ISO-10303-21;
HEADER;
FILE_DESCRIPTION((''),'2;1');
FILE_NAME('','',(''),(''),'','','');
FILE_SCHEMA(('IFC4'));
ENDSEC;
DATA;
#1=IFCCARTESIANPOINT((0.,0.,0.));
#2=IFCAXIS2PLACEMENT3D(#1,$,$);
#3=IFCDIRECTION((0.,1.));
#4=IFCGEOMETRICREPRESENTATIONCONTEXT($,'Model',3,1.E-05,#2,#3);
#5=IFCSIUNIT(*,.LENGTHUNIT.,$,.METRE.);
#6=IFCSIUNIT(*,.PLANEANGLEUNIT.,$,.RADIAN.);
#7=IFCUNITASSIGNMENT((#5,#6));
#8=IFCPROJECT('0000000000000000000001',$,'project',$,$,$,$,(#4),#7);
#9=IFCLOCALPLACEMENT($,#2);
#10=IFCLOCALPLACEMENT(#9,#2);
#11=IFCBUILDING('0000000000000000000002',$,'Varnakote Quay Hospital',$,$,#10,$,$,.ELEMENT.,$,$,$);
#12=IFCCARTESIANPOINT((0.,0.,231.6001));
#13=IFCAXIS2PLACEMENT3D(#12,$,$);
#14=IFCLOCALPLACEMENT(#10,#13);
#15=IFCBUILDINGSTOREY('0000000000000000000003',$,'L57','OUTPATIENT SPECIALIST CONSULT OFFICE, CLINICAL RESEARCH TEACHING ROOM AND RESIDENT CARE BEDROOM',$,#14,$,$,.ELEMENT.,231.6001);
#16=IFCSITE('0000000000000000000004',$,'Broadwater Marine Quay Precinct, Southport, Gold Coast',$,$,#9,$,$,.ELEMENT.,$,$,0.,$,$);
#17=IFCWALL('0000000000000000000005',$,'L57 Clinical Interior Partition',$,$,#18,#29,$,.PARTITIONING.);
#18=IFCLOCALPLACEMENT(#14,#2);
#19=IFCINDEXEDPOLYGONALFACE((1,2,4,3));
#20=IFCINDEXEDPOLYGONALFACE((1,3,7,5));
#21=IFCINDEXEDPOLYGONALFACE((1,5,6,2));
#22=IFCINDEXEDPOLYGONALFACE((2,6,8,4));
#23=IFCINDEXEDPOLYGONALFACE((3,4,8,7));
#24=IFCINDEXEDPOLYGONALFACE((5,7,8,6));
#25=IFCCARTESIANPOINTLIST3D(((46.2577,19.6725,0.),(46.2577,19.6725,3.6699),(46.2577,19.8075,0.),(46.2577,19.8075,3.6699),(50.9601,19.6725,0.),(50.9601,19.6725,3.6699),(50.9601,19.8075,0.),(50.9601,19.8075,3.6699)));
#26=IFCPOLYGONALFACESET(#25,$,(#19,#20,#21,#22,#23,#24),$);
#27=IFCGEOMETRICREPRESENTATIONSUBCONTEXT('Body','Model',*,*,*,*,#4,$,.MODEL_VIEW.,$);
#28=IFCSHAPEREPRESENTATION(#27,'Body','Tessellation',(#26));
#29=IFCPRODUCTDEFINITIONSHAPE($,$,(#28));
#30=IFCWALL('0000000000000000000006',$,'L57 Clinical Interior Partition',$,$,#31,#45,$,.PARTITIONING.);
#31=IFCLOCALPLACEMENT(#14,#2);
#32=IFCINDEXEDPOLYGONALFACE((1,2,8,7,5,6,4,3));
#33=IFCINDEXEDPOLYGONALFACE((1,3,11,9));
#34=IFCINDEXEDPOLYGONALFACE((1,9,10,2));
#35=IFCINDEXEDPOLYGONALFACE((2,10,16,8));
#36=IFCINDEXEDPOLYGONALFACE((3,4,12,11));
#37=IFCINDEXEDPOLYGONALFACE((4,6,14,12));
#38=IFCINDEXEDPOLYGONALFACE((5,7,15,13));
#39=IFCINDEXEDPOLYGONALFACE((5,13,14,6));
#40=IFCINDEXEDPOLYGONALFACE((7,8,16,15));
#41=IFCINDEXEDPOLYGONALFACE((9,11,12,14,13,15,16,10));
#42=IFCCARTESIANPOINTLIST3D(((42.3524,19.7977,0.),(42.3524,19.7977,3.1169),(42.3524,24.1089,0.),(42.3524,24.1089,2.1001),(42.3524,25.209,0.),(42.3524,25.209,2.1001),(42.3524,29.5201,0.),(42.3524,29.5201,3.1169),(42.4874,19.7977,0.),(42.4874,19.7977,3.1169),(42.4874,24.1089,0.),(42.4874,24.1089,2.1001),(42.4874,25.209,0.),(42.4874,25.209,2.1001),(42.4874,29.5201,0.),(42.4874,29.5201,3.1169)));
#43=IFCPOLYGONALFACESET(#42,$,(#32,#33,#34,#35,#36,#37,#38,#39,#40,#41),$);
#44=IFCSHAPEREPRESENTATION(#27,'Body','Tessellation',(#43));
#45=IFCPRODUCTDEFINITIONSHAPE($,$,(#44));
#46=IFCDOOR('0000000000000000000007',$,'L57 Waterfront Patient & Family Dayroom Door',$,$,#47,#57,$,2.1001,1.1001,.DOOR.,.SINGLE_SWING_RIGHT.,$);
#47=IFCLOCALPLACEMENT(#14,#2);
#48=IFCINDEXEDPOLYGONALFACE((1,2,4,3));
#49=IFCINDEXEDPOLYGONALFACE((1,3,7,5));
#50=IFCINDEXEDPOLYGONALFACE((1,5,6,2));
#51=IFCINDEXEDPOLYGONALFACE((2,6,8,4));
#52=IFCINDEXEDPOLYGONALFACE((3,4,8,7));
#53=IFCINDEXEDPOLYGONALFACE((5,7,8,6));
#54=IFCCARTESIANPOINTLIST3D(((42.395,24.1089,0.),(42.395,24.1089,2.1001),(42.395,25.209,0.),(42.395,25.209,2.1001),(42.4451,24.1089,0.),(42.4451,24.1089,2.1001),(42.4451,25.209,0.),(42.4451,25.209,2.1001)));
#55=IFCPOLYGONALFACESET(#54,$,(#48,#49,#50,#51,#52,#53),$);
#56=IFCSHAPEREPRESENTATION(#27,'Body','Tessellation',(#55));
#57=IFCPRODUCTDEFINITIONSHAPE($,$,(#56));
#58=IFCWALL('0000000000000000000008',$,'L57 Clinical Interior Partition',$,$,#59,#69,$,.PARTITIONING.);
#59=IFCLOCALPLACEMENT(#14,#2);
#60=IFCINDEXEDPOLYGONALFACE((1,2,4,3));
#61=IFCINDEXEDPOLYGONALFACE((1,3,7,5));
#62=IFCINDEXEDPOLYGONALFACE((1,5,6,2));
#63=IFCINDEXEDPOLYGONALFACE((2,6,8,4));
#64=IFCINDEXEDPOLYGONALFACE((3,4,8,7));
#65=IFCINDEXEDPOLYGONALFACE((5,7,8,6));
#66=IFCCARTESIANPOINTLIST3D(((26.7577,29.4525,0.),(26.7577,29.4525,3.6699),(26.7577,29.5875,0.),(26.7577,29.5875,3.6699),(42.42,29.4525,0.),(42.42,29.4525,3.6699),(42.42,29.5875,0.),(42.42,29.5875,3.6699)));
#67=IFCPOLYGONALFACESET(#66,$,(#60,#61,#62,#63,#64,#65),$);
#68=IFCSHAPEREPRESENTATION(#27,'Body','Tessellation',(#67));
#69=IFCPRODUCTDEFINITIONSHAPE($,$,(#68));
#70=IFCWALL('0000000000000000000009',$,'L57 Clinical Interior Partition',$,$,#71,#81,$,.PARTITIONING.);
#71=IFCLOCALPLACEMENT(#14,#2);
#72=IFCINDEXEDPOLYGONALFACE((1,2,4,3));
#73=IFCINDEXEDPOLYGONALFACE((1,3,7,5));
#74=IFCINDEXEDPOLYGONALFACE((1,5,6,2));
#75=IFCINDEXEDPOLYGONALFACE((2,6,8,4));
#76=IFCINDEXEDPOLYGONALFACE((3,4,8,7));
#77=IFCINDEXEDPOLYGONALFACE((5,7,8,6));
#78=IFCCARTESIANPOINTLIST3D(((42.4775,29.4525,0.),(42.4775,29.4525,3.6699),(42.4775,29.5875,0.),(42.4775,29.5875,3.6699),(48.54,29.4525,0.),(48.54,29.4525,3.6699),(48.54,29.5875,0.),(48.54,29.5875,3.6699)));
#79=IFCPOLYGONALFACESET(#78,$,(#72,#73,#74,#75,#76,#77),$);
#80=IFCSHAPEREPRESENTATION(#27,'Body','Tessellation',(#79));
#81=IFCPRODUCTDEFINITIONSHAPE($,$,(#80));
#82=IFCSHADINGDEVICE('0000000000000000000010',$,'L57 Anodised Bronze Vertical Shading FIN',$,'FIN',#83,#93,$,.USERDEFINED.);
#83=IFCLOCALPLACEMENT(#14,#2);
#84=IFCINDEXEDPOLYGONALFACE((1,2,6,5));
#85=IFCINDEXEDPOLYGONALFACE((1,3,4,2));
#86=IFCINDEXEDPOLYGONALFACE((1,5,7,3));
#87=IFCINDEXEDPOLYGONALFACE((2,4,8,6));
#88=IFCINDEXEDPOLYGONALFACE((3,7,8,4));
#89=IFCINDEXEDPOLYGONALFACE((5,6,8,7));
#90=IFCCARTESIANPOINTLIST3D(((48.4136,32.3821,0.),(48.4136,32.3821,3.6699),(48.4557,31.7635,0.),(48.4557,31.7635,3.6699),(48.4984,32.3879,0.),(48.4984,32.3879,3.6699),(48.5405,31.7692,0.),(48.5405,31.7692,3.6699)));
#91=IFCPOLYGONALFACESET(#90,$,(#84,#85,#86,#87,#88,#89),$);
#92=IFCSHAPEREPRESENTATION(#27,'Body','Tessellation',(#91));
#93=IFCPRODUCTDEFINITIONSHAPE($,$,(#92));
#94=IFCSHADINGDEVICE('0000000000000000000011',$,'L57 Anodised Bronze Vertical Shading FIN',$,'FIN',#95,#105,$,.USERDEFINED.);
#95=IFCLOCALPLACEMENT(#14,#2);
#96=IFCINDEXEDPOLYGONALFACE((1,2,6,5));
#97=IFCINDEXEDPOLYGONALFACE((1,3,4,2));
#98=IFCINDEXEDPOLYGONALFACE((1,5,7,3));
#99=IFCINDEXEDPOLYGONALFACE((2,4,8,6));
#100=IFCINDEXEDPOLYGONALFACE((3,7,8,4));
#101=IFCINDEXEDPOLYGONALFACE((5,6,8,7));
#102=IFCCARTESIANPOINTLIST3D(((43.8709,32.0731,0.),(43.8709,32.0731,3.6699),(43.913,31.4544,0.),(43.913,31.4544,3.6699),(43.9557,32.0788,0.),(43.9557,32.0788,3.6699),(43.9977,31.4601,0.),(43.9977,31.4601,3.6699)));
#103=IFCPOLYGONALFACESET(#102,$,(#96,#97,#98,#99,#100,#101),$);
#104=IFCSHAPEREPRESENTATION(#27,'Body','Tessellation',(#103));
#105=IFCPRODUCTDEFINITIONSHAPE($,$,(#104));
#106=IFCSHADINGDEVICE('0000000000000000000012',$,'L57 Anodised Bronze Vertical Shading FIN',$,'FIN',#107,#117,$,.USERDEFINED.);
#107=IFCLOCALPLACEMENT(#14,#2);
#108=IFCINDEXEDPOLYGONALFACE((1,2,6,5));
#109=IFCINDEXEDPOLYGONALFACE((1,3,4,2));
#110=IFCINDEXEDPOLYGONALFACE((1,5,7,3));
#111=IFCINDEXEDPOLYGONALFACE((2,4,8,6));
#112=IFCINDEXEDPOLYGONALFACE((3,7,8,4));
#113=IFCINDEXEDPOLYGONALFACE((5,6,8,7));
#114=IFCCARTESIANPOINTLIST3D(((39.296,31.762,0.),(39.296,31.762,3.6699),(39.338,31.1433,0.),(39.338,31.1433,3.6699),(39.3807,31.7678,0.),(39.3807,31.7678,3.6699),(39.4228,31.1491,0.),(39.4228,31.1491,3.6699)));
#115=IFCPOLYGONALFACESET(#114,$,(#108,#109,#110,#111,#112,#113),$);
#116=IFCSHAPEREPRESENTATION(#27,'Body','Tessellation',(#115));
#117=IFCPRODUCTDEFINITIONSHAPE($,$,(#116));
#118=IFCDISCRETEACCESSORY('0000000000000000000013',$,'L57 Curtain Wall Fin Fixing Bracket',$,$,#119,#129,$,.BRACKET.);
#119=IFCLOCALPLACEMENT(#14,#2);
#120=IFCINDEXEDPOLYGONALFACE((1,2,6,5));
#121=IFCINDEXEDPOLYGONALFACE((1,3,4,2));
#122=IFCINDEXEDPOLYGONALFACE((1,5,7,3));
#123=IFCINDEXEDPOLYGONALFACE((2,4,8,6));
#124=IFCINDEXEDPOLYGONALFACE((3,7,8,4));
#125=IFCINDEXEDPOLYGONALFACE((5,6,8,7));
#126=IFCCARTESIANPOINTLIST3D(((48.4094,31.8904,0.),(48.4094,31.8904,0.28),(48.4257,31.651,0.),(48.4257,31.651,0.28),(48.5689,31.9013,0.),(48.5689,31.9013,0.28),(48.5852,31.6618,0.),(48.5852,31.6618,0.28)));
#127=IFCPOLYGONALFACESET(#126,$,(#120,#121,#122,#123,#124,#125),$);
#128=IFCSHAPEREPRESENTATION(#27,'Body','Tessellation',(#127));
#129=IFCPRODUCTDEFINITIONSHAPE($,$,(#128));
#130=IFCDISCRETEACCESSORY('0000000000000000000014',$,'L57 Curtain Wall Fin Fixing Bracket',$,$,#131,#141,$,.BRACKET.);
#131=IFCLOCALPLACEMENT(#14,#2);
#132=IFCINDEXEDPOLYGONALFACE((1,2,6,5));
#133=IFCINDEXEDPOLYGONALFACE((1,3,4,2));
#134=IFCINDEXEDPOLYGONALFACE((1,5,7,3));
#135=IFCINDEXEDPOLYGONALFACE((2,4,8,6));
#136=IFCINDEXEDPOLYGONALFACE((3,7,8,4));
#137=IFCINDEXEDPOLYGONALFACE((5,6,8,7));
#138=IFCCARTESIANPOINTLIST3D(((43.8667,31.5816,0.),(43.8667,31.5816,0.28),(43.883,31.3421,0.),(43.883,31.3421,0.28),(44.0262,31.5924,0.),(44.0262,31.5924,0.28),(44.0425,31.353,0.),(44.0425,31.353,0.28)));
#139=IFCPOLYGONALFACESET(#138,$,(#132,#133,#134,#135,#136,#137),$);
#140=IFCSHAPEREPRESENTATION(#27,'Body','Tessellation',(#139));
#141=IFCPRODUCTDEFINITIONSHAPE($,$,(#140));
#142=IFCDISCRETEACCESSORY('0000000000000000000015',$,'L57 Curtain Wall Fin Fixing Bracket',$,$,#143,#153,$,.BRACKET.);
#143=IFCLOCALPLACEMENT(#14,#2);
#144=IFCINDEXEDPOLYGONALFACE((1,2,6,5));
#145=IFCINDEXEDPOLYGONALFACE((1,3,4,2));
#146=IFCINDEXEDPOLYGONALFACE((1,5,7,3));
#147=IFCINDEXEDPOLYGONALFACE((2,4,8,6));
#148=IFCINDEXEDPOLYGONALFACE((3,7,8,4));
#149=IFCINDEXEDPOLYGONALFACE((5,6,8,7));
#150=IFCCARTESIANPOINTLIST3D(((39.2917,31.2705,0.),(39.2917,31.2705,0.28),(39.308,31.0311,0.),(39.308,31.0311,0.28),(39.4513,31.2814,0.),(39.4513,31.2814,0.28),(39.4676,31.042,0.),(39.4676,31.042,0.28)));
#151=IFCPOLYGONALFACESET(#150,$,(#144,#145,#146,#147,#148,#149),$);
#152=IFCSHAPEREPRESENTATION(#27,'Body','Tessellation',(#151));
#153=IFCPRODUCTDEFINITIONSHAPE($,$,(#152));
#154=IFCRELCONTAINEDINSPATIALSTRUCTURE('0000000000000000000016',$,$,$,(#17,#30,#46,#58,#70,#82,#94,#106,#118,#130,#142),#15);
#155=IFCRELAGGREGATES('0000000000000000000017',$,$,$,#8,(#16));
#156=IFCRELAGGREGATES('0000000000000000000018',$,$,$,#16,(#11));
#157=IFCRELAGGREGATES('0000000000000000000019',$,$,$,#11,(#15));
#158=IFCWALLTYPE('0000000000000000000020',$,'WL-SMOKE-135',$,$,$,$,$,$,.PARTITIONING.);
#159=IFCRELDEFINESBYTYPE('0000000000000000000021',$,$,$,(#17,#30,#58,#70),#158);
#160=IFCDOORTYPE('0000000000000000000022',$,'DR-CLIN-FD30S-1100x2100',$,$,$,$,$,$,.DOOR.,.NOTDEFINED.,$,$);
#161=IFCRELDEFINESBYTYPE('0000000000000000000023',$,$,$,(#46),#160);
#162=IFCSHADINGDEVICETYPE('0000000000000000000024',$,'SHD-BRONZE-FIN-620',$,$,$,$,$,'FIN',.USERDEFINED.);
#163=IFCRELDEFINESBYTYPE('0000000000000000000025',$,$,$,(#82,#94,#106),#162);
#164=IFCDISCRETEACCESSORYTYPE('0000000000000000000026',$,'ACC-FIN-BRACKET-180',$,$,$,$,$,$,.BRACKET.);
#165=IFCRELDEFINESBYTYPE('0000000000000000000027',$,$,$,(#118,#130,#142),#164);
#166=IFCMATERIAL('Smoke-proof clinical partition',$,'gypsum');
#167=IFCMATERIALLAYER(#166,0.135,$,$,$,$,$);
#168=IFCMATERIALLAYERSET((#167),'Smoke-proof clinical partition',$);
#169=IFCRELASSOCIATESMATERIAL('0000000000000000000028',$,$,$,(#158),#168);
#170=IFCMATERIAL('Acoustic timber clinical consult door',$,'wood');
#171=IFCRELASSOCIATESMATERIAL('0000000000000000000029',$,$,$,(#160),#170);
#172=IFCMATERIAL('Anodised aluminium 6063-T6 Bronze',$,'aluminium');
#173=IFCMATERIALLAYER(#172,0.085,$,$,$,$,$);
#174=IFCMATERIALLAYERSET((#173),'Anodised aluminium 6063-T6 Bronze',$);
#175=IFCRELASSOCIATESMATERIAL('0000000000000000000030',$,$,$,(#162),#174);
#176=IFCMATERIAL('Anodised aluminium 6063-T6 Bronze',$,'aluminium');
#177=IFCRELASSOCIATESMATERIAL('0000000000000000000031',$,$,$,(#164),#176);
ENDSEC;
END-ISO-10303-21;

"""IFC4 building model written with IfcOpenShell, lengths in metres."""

from ifc_helpers import new_model, si_unit, direction, frame, frame_2d, origin, origin_2d, place, context, subcontext, project, spatial, rectangle, extrude, material, layer, layer_set, type_object, element, fill, save


model = new_model("IFC4")

# Units and contexts
model_context = context("Model", 3, precision=1e-05, world=origin(), true_north=direction((0.0, 1.0)))
body_context = subcontext(model_context, "Body", "Model", "MODEL_VIEW")
ifc_project = project(units=[si_unit("LENGTHUNIT", "METRE"), si_unit("PLANEANGLEUNIT", "RADIAN")], contexts=[model_context])

# Site, building, storey
site_placement = place(None, origin())
site = spatial("IfcSite", under=ifc_project, at=site_placement, Name="Broadwater Marine Quay Precinct, Southport, Gold Coast", CompositionType="ELEMENT", RefElevation=0.0)
building_placement = place(site_placement, origin())
building = spatial("IfcBuilding", under=site, at=building_placement, Name="Varnakote Quay Hospital", CompositionType="ELEMENT")
storey_placement = place(building_placement, frame((0.0, 0.0, 231.6001)))
storey = spatial("IfcBuildingStorey", under=building, at=storey_placement, Name="L57", Description="OUTPATIENT SPECIALIST CONSULT OFFICE, CLINICAL RESEARCH TEACHING ROOM AND RESIDENT CARE BEDROOM", CompositionType="ELEMENT", Elevation=231.6001)

# Wall
ifc_material_1 = material(Name="Smoke-proof clinical partition", Category="gypsum")
ifc_layer_1 = layer(ifc_material_1, 0.135)
ifc_layer_set_1 = layer_set([ifc_layer_1], Name="Smoke-proof clinical partition")
wall_type_1 = type_object("IfcWallType", Name="WL-SMOKE-135", PredefinedType="PARTITIONING", material=ifc_layer_set_1)
wall_1_placement = place(storey_placement, frame((50.96, 19.74, 0.0), z_axis=(0.0, 0.0, 1.0), x_axis=(-1.0, 0.0, 0.0)))
element("IfcWall", 1, at=wall_1_placement, inside=storey, type_object=wall_type_1, Name="L57 Clinical Interior Partition", PredefinedType="PARTITIONING", context=body_context, shape_type="SweptSolid", body=[
    extrude(rectangle(XDim=4.7024, YDim=0.135, at=frame_2d((2.3511, 0.0))), origin(), (0.0, 0.0, 1.0), 3.6699),
])

# Wall, opening, door
wall_2_placement = place(storey_placement, frame((42.4199, 19.7976, 0.0), z_axis=(0.0, 0.0, 1.0), x_axis=(0.0, 1.0, 0.0)))
wall_2 = element("IfcWall", 2, at=wall_2_placement, inside=storey, type_object=wall_type_1, Name="L57 Clinical Interior Partition", PredefinedType="PARTITIONING", context=body_context, shape_type="SweptSolid", body=[
    extrude(rectangle(XDim=9.7224, YDim=0.135, at=frame_2d((4.8613, 0.0))), origin(), (0.0, 0.0, 1.0), 3.1169),
])
opening_placement = place(wall_2_placement, frame((4.3113, 0.0, 0.0)))
opening = element("IfcOpeningElement", 3, at=opening_placement, cuts=wall_2, PredefinedType="OPENING", context=body_context, shape_type="SweptSolid", body=[
    extrude(rectangle(XDim=1.1001, YDim=2.1001, at=frame_2d((0.55, 1.05))), frame((0.0, 0.0774, 0.0), z_axis=(0.0, -1.0, 0.0), x_axis=(1.0, 0.0, 0.0)), (0.0, 0.0, 1.0), 0.155),
])
ifc_material_2 = material(Name="Acoustic timber clinical consult door", Category="wood")
door_type = type_object("IfcDoorType", Name="DR-CLIN-FD30S-1100x2100", OperationType="NOTDEFINED", PredefinedType="DOOR", material=ifc_material_2)
door_placement = place(opening_placement, origin())
door = element("IfcDoor", 4, at=door_placement, inside=storey, type_object=door_type, Name="L57 Waterfront Patient & Family Dayroom Door", OperationType="SINGLE_SWING_RIGHT", OverallHeight=2.1001, OverallWidth=1.1001, PredefinedType="DOOR", context=body_context, shape_type="SweptSolid", body=[
    extrude(rectangle(XDim=1.1001, YDim=2.1001, at=frame_2d((0.55, 1.05))), frame((0.0, 0.0249, 0.0), z_axis=(0.0, -1.0, 0.0), x_axis=(1.0, 0.0, 0.0)), (0.0, 0.0, 1.0), 0.05),
])
fill(opening, door)

# Walls
wall_3_placement = place(storey_placement, frame((42.4199, 29.52, 0.0), z_axis=(0.0, 0.0, 1.0), x_axis=(-1.0, 0.0, 0.0)))
element("IfcWall", 5, at=wall_3_placement, inside=storey, type_object=wall_type_1, Name="L57 Clinical Interior Partition", PredefinedType="PARTITIONING", context=body_context, shape_type="SweptSolid", body=[
    extrude(rectangle(XDim=15.6624, YDim=0.135, at=frame_2d((7.8311, 0.0))), origin(), (0.0, 0.0, 1.0), 3.6699),
])
wall_4_placement = place(storey_placement, frame((48.54, 29.52, 0.0), z_axis=(0.0, 0.0, 1.0), x_axis=(-1.0, 0.0, 0.0)))
element("IfcWall", 6, at=wall_4_placement, inside=storey, type_object=wall_type_1, Name="L57 Clinical Interior Partition", PredefinedType="PARTITIONING", context=body_context, shape_type="SweptSolid", body=[
    extrude(rectangle(XDim=6.0625, YDim=0.135, at=frame_2d((3.0312, 0.0))), origin(), (0.0, 0.0, 1.0), 3.6699),
])

# Shading devices
ifc_material_3 = material(Name="Anodised aluminium 6063-T6 Bronze", Category="aluminium")
ifc_layer_2 = layer(ifc_material_3, 0.085)
ifc_layer_set_2 = layer_set([ifc_layer_2], Name="Anodised aluminium 6063-T6 Bronze")
shading_device_type = type_object("IfcShadingDeviceType", Name="SHD-BRONZE-FIN-620", ElementType="FIN", PredefinedType="USERDEFINED", material=ifc_layer_set_2)
for number, where, z_axis, x_axis, name in (
    (7, (48.4771, 32.0757, 0.0), (0.0, 0.0, 1.0), (0.067841, -0.997696, 0.0), "L57 Anodised Bronze Vertical Shading FIN"),
    (8, (43.9343, 31.7666, 0.0), (0.0, 0.0, 1.0), (0.067841, -0.997696, 0.0), "L57 Anodised Bronze Vertical Shading FIN"),
    (9, (39.3594, 31.4556, 0.0), (0.0, 0.0, 1.0), (0.067841, -0.997696, 0.0), "L57 Anodised Bronze Vertical Shading FIN"),
):
    element("IfcShadingDevice", number, at=place(storey_placement, frame(where, z_axis=z_axis, x_axis=x_axis)), inside=storey, type_object=shading_device_type, Name=name, ObjectType="FIN", PredefinedType="USERDEFINED", context=body_context, shape_type="SweptSolid", body=[
        extrude(rectangle(XDim=0.6201, YDim=0.085, at=origin_2d()), origin(), (0.0, 0.0, 1.0), 3.6699),
    ])

# Discrete accessories
ifc_material_4 = material(Name="Anodised aluminium 6063-T6 Bronze", Category="aluminium")
discrete_accessory_type = type_object("IfcDiscreteAccessoryType", Name="ACC-FIN-BRACKET-180", PredefinedType="BRACKET", material=ifc_material_4)
for number, where, z_axis, x_axis, name in (
    (10, (48.4973, 31.7761, 0.0), (0.0, 0.0, 1.0), (-0.997696, -0.067841, 0.0), "L57 Curtain Wall Fin Fixing Bracket"),
    (11, (43.9546, 31.4673, 0.0), (0.0, 0.0, 1.0), (-0.997696, -0.067841, 0.0), "L57 Curtain Wall Fin Fixing Bracket"),
    (12, (39.3796, 31.1562, 0.0), (0.0, 0.0, 1.0), (-0.997696, -0.067841, 0.0), "L57 Curtain Wall Fin Fixing Bracket"),
):
    element("IfcDiscreteAccessory", number, at=place(storey_placement, frame(where, z_axis=z_axis, x_axis=x_axis)), inside=storey, type_object=discrete_accessory_type, Name=name, PredefinedType="BRACKET", context=body_context, shape_type="SweptSolid", body=[
        extrude(rectangle(XDim=0.1599, YDim=0.24, at=origin_2d()), origin(), (0.0, 0.0, 1.0), 0.28),
    ])

save(model, "model.ifc")
